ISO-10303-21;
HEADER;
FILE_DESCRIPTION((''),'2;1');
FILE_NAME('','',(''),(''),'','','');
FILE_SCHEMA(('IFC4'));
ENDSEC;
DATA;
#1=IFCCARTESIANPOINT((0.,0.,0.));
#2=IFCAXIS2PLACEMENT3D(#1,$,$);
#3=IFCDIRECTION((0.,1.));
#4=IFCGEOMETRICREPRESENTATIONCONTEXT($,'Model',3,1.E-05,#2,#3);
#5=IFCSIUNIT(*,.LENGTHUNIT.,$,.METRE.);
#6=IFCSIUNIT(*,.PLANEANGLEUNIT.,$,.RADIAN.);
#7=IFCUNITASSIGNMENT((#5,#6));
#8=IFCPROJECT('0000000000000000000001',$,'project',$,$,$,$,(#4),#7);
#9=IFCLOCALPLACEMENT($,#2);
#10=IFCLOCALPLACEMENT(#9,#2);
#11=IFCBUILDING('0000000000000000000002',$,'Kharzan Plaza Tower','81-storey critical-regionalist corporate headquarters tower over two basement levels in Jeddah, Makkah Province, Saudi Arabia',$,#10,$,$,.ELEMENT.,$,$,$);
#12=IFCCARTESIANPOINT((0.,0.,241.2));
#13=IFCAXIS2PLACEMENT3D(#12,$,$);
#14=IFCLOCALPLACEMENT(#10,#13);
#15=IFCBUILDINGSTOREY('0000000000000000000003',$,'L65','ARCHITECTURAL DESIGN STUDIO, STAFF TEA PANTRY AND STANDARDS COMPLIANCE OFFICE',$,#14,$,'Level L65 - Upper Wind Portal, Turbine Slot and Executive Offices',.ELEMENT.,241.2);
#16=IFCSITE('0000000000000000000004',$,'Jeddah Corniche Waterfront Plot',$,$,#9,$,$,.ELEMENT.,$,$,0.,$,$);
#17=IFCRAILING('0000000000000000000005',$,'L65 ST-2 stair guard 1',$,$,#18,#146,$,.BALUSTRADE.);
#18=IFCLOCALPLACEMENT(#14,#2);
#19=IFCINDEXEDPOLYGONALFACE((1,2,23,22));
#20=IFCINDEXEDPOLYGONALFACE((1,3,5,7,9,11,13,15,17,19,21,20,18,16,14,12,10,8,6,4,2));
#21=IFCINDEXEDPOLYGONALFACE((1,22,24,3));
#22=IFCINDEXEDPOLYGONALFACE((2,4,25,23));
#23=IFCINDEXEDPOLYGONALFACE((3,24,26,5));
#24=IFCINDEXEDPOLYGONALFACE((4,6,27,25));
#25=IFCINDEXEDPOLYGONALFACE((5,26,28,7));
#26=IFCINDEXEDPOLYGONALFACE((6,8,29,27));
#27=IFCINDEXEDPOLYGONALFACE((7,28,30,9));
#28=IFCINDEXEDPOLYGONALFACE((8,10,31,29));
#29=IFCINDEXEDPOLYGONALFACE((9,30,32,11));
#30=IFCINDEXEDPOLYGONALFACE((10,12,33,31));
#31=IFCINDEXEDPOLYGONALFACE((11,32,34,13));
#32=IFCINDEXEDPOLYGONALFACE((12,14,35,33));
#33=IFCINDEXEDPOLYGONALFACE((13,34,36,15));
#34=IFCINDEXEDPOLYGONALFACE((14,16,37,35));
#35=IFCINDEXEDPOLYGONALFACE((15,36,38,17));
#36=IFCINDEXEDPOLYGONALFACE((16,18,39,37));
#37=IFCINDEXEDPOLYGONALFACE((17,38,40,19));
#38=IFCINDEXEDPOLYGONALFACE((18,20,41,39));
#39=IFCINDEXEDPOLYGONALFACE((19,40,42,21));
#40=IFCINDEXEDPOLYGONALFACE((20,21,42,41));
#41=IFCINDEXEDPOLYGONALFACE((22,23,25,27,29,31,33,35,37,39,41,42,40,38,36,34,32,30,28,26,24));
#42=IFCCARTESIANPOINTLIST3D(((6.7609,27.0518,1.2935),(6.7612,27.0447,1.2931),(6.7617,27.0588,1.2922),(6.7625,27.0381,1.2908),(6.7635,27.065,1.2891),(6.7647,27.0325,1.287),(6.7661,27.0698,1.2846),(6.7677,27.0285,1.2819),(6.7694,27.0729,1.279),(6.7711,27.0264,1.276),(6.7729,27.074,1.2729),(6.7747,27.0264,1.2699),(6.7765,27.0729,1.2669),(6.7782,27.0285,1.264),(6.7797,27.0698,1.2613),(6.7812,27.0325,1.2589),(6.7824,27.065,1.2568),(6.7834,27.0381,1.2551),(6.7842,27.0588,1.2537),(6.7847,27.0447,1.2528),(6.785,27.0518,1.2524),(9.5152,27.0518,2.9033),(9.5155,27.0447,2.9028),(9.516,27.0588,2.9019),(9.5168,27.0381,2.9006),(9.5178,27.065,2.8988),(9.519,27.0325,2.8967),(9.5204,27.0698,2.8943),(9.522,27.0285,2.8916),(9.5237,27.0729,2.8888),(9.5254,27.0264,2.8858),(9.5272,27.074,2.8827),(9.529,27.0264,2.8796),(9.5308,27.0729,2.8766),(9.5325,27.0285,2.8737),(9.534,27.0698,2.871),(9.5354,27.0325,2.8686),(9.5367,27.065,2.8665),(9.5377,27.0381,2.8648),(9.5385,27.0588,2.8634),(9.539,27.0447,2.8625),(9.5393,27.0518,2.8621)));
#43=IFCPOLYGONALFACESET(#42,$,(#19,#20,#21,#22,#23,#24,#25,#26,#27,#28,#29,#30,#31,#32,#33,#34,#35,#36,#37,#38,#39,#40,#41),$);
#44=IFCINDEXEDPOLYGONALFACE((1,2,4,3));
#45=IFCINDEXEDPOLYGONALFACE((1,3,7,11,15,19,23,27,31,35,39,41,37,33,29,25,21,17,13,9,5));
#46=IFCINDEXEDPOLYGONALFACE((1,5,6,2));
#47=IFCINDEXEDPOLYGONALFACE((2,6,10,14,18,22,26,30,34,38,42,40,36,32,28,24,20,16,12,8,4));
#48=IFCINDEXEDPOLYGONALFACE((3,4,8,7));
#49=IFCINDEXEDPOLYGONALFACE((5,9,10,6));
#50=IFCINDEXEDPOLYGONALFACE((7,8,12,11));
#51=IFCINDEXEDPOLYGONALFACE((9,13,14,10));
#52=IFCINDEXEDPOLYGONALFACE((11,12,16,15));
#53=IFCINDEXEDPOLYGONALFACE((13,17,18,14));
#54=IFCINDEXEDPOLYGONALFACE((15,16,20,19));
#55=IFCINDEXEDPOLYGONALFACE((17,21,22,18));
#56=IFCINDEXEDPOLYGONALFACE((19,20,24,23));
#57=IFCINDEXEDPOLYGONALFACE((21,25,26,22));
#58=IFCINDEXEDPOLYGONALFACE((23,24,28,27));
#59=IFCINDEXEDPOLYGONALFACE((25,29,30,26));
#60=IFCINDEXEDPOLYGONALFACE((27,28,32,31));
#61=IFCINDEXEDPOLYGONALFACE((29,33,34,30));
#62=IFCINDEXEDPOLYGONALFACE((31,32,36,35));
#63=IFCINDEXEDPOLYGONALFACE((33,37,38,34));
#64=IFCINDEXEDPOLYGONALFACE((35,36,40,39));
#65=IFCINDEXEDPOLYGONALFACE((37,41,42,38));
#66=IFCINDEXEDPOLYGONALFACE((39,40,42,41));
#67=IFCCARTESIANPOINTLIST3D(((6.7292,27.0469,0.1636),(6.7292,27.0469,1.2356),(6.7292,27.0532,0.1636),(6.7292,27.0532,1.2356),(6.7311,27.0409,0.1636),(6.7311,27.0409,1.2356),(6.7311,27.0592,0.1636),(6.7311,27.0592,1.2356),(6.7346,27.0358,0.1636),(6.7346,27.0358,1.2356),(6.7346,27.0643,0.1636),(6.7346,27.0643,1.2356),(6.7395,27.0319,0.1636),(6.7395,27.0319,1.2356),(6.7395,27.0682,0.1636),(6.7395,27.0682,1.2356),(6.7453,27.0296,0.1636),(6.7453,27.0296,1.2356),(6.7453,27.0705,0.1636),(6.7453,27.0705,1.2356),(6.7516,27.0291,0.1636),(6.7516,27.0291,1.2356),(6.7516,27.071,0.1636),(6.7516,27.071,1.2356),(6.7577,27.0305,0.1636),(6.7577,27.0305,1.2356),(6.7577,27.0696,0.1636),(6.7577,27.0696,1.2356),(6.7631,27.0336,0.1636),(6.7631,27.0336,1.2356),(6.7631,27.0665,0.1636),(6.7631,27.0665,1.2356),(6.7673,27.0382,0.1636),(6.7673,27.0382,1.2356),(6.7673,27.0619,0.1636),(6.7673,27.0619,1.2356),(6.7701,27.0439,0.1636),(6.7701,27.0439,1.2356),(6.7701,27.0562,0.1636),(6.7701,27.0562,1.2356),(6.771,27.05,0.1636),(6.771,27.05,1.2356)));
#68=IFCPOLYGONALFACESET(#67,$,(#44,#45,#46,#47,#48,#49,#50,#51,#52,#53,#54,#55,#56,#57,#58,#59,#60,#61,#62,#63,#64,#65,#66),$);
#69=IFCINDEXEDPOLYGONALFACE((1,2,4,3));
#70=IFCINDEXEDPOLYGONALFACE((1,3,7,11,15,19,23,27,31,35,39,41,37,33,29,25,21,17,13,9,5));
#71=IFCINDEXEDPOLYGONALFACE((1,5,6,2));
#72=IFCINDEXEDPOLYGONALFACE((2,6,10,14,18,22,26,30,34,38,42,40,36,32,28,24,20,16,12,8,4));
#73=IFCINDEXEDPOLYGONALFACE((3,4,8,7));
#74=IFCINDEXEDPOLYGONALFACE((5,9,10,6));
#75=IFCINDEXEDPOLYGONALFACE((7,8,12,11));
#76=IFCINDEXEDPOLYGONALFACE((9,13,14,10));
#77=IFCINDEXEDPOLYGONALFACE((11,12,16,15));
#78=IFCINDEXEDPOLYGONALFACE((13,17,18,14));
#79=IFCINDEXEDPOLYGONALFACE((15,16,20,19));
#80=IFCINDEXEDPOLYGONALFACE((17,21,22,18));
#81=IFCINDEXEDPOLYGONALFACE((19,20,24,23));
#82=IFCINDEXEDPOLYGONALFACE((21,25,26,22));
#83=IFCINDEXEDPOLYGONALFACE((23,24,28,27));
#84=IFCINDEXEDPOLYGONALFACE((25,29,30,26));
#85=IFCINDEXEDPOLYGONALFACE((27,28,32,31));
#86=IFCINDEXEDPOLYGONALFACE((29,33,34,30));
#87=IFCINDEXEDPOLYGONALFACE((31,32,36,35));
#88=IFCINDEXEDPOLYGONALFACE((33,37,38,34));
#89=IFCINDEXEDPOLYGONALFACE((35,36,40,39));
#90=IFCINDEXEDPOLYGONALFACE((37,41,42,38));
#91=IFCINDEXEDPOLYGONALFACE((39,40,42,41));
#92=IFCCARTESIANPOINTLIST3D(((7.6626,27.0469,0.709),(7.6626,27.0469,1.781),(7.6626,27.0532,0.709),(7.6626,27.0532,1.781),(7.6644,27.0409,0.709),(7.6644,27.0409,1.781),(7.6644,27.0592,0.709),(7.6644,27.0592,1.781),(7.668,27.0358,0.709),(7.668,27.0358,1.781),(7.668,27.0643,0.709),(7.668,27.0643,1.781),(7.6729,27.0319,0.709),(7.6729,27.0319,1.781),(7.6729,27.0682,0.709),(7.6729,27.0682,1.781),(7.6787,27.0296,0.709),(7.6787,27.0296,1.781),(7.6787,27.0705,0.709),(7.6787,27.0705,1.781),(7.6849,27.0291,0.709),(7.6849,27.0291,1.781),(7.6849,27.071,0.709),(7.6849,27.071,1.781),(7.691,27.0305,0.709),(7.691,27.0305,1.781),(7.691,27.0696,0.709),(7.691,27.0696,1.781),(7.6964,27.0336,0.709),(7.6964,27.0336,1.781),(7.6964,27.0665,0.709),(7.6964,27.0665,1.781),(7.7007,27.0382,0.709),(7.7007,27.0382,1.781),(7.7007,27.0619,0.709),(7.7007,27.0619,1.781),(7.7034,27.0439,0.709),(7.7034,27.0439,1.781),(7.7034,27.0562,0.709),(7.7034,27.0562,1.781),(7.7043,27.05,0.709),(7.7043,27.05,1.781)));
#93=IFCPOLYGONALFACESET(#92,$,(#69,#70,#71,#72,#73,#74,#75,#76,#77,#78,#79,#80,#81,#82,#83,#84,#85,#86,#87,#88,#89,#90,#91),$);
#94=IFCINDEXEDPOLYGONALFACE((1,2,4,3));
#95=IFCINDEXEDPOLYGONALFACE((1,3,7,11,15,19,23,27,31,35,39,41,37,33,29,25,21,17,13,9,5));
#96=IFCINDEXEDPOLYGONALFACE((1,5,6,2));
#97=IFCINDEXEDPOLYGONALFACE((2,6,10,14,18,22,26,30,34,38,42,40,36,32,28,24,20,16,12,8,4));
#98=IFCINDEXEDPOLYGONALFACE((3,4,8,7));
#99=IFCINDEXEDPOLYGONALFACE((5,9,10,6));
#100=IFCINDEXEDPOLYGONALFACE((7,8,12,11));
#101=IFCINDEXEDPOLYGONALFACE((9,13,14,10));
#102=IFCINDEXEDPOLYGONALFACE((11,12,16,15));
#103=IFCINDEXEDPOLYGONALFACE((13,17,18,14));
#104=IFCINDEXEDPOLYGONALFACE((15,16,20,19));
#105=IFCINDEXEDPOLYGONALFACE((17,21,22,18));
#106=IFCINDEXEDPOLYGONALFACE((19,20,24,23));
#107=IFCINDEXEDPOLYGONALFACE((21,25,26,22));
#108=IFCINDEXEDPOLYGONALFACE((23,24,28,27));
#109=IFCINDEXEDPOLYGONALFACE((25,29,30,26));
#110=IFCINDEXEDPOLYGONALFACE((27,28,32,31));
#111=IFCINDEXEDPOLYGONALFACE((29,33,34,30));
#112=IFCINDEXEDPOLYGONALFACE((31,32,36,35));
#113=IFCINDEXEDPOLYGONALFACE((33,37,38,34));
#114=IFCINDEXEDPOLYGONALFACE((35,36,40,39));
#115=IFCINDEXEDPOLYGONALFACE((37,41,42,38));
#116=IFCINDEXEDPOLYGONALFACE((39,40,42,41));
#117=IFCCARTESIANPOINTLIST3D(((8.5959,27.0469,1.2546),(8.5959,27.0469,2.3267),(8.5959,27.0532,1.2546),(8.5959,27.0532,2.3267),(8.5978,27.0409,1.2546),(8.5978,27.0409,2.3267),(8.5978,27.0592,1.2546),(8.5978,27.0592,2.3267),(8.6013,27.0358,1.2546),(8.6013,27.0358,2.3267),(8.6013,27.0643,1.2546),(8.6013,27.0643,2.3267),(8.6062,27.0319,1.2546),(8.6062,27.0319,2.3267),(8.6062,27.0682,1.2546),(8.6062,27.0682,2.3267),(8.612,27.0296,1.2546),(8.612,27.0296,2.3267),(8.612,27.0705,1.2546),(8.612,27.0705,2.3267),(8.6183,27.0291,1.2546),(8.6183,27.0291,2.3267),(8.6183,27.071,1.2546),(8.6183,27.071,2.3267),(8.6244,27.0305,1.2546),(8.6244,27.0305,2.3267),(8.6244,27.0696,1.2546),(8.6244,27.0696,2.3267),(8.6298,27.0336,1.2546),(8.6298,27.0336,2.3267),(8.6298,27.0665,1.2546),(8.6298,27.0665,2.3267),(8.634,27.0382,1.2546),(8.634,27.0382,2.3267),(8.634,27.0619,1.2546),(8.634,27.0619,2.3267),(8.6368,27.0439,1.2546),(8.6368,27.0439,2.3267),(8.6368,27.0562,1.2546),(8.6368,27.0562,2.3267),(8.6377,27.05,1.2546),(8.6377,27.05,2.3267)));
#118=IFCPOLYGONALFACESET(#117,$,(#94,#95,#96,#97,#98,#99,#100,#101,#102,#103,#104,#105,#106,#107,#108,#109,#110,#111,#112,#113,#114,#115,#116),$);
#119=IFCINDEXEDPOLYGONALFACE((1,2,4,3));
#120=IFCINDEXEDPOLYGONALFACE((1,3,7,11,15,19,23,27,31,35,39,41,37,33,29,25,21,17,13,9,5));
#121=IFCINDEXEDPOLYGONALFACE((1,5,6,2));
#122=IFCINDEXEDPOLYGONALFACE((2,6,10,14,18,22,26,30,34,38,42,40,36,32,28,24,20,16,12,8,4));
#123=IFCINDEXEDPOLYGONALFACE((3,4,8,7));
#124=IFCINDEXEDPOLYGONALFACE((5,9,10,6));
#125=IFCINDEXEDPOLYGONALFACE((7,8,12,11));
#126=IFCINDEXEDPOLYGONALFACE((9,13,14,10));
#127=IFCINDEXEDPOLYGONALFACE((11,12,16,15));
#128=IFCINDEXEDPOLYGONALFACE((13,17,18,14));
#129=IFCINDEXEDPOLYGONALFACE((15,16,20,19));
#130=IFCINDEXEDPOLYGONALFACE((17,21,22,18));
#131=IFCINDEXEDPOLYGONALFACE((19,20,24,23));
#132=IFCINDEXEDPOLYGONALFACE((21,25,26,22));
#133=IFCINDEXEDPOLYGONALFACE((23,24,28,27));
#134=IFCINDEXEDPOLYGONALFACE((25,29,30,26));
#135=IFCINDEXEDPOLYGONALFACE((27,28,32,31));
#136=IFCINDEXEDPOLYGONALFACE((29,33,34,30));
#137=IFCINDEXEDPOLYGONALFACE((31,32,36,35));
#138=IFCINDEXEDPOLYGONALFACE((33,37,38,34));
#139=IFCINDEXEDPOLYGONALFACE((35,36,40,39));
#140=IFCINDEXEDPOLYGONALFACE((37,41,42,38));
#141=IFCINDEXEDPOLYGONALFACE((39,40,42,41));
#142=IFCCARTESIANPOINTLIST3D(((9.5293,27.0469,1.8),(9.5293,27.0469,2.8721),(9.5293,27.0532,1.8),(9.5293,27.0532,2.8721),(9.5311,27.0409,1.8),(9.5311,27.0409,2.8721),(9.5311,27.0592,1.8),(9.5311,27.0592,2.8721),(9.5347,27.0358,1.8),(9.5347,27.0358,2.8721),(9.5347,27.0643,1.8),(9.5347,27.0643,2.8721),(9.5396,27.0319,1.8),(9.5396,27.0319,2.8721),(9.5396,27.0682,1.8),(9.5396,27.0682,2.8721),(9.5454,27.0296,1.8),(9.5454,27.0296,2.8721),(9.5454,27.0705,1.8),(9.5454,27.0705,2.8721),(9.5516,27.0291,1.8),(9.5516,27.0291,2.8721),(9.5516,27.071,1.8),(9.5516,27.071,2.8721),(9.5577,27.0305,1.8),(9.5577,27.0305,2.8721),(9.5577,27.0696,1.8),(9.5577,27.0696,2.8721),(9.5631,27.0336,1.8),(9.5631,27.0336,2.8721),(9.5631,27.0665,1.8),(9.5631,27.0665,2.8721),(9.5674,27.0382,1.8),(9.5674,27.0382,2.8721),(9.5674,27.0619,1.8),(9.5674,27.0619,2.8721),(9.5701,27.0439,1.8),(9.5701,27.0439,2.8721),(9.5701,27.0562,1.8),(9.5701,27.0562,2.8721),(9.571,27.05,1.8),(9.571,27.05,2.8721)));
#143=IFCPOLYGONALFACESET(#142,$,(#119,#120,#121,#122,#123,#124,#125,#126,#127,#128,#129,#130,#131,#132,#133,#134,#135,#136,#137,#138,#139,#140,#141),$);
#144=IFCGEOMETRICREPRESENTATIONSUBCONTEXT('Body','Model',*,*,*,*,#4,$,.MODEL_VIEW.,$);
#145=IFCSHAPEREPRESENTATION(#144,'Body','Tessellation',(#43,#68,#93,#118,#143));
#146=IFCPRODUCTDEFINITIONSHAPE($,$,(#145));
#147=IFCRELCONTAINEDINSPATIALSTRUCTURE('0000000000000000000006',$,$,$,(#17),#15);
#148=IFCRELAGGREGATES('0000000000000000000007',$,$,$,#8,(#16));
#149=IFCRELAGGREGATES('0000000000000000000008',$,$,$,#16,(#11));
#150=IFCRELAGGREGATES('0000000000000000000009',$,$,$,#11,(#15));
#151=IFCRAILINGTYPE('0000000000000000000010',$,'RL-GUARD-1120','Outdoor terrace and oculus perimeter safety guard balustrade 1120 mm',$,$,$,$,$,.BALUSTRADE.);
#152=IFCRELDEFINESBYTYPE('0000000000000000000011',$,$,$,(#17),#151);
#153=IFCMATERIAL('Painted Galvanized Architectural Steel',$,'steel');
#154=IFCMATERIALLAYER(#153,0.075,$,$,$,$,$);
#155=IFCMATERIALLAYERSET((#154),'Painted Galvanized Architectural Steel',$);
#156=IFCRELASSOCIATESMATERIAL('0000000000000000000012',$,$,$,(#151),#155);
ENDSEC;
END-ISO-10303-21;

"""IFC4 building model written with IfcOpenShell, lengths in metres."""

from ifc_helpers import new_model, si_unit, direction, frame, origin, origin_2d, place, context, subcontext, project, spatial, circle, extrude, source, transform, mapped, material, layer, layer_set, type_object, element, save


model = new_model("IFC4")

# Units and contexts
model_context = context("Model", 3, precision=1e-05, world=origin(), true_north=direction((0.0, 1.0)))
body_context = subcontext(model_context, "Body", "Model", "MODEL_VIEW")
ifc_project = project(units=[si_unit("LENGTHUNIT", "METRE"), si_unit("PLANEANGLEUNIT", "RADIAN")], contexts=[model_context])

# Site, building, storey
site_placement = place(None, origin())
site = spatial("IfcSite", under=ifc_project, at=site_placement, Name="Jeddah Corniche Waterfront Plot", CompositionType="ELEMENT", RefElevation=0.0)
building_placement = place(site_placement, origin())
building = spatial("IfcBuilding", under=site, at=building_placement, Name="Kharzan Plaza Tower", Description="81-storey critical-regionalist corporate headquarters tower over two basement levels in Jeddah, Makkah Province, Saudi Arabia", CompositionType="ELEMENT")
storey_placement = place(building_placement, frame((0.0, 0.0, 241.2)))
storey = spatial("IfcBuildingStorey", under=building, at=storey_placement, Name="L65", Description="ARCHITECTURAL DESIGN STUDIO, STAFF TEA PANTRY AND STANDARDS COMPLIANCE OFFICE", LongName="Level L65 - Upper Wind Portal, Turbine Slot and Executive Offices", CompositionType="ELEMENT", Elevation=241.2)

# Railing
ifc_material_1 = material(Name="Painted Galvanized Architectural Steel", Category="steel")
ifc_layer_1 = layer(ifc_material_1, 0.075)
ifc_layer_set_1 = layer_set([ifc_layer_1], Name="Painted Galvanized Architectural Steel")
railing_type_1 = type_object("IfcRailingType", Name="RL-GUARD-1120", Description="Outdoor terrace and oculus perimeter safety guard balustrade 1120 mm", PredefinedType="BALUSTRADE", material=ifc_layer_set_1)
shared_shape_1 = source(origin(), body_context, "Body", "SweptSolid", [
    extrude(circle(Radius=0.0239, at=origin_2d()), frame((0.0229, 0.0, 1.1094), z_axis=(0.863361, 0.0, 0.504587), x_axis=(0.0, 1.0, 0.0)), (0.0, 0.0, 1.0), 3.1902),
    extrude(circle(Radius=0.021, at=origin_2d()), origin(), (0.0, 0.0, 1.0), 1.072),
    extrude(circle(Radius=0.021, at=origin_2d()), frame((0.9333, 0.0, 0.5454)), (0.0, 0.0, 1.0), 1.072),
    extrude(circle(Radius=0.021, at=origin_2d()), frame((1.8667, 0.0, 1.0911)), (0.0, 0.0, 1.0), 1.072),
    extrude(circle(Radius=0.021, at=origin_2d()), frame((2.8, 0.0, 1.6365)), (0.0, 0.0, 1.0), 1.072),
])
railing_1_placement = place(storey_placement, frame((6.75, 27.05, 0.1636)))
element("IfcRailing", 1, at=railing_1_placement, inside=storey, type_object=railing_type_1, Name="L65 ST-2 stair guard 1", PredefinedType="BALUSTRADE", context=body_context, shape_type="MappedRepresentation", body=[
    mapped(shared_shape_1, transform((0.0, 0.0, 0.0), x_axis=(1.0, 0.0, 0.0), y_axis=(0.0, 1.0, 0.0), z_axis=(0.0, 0.0, 1.0))),
])

save(model, "model.ifc")
